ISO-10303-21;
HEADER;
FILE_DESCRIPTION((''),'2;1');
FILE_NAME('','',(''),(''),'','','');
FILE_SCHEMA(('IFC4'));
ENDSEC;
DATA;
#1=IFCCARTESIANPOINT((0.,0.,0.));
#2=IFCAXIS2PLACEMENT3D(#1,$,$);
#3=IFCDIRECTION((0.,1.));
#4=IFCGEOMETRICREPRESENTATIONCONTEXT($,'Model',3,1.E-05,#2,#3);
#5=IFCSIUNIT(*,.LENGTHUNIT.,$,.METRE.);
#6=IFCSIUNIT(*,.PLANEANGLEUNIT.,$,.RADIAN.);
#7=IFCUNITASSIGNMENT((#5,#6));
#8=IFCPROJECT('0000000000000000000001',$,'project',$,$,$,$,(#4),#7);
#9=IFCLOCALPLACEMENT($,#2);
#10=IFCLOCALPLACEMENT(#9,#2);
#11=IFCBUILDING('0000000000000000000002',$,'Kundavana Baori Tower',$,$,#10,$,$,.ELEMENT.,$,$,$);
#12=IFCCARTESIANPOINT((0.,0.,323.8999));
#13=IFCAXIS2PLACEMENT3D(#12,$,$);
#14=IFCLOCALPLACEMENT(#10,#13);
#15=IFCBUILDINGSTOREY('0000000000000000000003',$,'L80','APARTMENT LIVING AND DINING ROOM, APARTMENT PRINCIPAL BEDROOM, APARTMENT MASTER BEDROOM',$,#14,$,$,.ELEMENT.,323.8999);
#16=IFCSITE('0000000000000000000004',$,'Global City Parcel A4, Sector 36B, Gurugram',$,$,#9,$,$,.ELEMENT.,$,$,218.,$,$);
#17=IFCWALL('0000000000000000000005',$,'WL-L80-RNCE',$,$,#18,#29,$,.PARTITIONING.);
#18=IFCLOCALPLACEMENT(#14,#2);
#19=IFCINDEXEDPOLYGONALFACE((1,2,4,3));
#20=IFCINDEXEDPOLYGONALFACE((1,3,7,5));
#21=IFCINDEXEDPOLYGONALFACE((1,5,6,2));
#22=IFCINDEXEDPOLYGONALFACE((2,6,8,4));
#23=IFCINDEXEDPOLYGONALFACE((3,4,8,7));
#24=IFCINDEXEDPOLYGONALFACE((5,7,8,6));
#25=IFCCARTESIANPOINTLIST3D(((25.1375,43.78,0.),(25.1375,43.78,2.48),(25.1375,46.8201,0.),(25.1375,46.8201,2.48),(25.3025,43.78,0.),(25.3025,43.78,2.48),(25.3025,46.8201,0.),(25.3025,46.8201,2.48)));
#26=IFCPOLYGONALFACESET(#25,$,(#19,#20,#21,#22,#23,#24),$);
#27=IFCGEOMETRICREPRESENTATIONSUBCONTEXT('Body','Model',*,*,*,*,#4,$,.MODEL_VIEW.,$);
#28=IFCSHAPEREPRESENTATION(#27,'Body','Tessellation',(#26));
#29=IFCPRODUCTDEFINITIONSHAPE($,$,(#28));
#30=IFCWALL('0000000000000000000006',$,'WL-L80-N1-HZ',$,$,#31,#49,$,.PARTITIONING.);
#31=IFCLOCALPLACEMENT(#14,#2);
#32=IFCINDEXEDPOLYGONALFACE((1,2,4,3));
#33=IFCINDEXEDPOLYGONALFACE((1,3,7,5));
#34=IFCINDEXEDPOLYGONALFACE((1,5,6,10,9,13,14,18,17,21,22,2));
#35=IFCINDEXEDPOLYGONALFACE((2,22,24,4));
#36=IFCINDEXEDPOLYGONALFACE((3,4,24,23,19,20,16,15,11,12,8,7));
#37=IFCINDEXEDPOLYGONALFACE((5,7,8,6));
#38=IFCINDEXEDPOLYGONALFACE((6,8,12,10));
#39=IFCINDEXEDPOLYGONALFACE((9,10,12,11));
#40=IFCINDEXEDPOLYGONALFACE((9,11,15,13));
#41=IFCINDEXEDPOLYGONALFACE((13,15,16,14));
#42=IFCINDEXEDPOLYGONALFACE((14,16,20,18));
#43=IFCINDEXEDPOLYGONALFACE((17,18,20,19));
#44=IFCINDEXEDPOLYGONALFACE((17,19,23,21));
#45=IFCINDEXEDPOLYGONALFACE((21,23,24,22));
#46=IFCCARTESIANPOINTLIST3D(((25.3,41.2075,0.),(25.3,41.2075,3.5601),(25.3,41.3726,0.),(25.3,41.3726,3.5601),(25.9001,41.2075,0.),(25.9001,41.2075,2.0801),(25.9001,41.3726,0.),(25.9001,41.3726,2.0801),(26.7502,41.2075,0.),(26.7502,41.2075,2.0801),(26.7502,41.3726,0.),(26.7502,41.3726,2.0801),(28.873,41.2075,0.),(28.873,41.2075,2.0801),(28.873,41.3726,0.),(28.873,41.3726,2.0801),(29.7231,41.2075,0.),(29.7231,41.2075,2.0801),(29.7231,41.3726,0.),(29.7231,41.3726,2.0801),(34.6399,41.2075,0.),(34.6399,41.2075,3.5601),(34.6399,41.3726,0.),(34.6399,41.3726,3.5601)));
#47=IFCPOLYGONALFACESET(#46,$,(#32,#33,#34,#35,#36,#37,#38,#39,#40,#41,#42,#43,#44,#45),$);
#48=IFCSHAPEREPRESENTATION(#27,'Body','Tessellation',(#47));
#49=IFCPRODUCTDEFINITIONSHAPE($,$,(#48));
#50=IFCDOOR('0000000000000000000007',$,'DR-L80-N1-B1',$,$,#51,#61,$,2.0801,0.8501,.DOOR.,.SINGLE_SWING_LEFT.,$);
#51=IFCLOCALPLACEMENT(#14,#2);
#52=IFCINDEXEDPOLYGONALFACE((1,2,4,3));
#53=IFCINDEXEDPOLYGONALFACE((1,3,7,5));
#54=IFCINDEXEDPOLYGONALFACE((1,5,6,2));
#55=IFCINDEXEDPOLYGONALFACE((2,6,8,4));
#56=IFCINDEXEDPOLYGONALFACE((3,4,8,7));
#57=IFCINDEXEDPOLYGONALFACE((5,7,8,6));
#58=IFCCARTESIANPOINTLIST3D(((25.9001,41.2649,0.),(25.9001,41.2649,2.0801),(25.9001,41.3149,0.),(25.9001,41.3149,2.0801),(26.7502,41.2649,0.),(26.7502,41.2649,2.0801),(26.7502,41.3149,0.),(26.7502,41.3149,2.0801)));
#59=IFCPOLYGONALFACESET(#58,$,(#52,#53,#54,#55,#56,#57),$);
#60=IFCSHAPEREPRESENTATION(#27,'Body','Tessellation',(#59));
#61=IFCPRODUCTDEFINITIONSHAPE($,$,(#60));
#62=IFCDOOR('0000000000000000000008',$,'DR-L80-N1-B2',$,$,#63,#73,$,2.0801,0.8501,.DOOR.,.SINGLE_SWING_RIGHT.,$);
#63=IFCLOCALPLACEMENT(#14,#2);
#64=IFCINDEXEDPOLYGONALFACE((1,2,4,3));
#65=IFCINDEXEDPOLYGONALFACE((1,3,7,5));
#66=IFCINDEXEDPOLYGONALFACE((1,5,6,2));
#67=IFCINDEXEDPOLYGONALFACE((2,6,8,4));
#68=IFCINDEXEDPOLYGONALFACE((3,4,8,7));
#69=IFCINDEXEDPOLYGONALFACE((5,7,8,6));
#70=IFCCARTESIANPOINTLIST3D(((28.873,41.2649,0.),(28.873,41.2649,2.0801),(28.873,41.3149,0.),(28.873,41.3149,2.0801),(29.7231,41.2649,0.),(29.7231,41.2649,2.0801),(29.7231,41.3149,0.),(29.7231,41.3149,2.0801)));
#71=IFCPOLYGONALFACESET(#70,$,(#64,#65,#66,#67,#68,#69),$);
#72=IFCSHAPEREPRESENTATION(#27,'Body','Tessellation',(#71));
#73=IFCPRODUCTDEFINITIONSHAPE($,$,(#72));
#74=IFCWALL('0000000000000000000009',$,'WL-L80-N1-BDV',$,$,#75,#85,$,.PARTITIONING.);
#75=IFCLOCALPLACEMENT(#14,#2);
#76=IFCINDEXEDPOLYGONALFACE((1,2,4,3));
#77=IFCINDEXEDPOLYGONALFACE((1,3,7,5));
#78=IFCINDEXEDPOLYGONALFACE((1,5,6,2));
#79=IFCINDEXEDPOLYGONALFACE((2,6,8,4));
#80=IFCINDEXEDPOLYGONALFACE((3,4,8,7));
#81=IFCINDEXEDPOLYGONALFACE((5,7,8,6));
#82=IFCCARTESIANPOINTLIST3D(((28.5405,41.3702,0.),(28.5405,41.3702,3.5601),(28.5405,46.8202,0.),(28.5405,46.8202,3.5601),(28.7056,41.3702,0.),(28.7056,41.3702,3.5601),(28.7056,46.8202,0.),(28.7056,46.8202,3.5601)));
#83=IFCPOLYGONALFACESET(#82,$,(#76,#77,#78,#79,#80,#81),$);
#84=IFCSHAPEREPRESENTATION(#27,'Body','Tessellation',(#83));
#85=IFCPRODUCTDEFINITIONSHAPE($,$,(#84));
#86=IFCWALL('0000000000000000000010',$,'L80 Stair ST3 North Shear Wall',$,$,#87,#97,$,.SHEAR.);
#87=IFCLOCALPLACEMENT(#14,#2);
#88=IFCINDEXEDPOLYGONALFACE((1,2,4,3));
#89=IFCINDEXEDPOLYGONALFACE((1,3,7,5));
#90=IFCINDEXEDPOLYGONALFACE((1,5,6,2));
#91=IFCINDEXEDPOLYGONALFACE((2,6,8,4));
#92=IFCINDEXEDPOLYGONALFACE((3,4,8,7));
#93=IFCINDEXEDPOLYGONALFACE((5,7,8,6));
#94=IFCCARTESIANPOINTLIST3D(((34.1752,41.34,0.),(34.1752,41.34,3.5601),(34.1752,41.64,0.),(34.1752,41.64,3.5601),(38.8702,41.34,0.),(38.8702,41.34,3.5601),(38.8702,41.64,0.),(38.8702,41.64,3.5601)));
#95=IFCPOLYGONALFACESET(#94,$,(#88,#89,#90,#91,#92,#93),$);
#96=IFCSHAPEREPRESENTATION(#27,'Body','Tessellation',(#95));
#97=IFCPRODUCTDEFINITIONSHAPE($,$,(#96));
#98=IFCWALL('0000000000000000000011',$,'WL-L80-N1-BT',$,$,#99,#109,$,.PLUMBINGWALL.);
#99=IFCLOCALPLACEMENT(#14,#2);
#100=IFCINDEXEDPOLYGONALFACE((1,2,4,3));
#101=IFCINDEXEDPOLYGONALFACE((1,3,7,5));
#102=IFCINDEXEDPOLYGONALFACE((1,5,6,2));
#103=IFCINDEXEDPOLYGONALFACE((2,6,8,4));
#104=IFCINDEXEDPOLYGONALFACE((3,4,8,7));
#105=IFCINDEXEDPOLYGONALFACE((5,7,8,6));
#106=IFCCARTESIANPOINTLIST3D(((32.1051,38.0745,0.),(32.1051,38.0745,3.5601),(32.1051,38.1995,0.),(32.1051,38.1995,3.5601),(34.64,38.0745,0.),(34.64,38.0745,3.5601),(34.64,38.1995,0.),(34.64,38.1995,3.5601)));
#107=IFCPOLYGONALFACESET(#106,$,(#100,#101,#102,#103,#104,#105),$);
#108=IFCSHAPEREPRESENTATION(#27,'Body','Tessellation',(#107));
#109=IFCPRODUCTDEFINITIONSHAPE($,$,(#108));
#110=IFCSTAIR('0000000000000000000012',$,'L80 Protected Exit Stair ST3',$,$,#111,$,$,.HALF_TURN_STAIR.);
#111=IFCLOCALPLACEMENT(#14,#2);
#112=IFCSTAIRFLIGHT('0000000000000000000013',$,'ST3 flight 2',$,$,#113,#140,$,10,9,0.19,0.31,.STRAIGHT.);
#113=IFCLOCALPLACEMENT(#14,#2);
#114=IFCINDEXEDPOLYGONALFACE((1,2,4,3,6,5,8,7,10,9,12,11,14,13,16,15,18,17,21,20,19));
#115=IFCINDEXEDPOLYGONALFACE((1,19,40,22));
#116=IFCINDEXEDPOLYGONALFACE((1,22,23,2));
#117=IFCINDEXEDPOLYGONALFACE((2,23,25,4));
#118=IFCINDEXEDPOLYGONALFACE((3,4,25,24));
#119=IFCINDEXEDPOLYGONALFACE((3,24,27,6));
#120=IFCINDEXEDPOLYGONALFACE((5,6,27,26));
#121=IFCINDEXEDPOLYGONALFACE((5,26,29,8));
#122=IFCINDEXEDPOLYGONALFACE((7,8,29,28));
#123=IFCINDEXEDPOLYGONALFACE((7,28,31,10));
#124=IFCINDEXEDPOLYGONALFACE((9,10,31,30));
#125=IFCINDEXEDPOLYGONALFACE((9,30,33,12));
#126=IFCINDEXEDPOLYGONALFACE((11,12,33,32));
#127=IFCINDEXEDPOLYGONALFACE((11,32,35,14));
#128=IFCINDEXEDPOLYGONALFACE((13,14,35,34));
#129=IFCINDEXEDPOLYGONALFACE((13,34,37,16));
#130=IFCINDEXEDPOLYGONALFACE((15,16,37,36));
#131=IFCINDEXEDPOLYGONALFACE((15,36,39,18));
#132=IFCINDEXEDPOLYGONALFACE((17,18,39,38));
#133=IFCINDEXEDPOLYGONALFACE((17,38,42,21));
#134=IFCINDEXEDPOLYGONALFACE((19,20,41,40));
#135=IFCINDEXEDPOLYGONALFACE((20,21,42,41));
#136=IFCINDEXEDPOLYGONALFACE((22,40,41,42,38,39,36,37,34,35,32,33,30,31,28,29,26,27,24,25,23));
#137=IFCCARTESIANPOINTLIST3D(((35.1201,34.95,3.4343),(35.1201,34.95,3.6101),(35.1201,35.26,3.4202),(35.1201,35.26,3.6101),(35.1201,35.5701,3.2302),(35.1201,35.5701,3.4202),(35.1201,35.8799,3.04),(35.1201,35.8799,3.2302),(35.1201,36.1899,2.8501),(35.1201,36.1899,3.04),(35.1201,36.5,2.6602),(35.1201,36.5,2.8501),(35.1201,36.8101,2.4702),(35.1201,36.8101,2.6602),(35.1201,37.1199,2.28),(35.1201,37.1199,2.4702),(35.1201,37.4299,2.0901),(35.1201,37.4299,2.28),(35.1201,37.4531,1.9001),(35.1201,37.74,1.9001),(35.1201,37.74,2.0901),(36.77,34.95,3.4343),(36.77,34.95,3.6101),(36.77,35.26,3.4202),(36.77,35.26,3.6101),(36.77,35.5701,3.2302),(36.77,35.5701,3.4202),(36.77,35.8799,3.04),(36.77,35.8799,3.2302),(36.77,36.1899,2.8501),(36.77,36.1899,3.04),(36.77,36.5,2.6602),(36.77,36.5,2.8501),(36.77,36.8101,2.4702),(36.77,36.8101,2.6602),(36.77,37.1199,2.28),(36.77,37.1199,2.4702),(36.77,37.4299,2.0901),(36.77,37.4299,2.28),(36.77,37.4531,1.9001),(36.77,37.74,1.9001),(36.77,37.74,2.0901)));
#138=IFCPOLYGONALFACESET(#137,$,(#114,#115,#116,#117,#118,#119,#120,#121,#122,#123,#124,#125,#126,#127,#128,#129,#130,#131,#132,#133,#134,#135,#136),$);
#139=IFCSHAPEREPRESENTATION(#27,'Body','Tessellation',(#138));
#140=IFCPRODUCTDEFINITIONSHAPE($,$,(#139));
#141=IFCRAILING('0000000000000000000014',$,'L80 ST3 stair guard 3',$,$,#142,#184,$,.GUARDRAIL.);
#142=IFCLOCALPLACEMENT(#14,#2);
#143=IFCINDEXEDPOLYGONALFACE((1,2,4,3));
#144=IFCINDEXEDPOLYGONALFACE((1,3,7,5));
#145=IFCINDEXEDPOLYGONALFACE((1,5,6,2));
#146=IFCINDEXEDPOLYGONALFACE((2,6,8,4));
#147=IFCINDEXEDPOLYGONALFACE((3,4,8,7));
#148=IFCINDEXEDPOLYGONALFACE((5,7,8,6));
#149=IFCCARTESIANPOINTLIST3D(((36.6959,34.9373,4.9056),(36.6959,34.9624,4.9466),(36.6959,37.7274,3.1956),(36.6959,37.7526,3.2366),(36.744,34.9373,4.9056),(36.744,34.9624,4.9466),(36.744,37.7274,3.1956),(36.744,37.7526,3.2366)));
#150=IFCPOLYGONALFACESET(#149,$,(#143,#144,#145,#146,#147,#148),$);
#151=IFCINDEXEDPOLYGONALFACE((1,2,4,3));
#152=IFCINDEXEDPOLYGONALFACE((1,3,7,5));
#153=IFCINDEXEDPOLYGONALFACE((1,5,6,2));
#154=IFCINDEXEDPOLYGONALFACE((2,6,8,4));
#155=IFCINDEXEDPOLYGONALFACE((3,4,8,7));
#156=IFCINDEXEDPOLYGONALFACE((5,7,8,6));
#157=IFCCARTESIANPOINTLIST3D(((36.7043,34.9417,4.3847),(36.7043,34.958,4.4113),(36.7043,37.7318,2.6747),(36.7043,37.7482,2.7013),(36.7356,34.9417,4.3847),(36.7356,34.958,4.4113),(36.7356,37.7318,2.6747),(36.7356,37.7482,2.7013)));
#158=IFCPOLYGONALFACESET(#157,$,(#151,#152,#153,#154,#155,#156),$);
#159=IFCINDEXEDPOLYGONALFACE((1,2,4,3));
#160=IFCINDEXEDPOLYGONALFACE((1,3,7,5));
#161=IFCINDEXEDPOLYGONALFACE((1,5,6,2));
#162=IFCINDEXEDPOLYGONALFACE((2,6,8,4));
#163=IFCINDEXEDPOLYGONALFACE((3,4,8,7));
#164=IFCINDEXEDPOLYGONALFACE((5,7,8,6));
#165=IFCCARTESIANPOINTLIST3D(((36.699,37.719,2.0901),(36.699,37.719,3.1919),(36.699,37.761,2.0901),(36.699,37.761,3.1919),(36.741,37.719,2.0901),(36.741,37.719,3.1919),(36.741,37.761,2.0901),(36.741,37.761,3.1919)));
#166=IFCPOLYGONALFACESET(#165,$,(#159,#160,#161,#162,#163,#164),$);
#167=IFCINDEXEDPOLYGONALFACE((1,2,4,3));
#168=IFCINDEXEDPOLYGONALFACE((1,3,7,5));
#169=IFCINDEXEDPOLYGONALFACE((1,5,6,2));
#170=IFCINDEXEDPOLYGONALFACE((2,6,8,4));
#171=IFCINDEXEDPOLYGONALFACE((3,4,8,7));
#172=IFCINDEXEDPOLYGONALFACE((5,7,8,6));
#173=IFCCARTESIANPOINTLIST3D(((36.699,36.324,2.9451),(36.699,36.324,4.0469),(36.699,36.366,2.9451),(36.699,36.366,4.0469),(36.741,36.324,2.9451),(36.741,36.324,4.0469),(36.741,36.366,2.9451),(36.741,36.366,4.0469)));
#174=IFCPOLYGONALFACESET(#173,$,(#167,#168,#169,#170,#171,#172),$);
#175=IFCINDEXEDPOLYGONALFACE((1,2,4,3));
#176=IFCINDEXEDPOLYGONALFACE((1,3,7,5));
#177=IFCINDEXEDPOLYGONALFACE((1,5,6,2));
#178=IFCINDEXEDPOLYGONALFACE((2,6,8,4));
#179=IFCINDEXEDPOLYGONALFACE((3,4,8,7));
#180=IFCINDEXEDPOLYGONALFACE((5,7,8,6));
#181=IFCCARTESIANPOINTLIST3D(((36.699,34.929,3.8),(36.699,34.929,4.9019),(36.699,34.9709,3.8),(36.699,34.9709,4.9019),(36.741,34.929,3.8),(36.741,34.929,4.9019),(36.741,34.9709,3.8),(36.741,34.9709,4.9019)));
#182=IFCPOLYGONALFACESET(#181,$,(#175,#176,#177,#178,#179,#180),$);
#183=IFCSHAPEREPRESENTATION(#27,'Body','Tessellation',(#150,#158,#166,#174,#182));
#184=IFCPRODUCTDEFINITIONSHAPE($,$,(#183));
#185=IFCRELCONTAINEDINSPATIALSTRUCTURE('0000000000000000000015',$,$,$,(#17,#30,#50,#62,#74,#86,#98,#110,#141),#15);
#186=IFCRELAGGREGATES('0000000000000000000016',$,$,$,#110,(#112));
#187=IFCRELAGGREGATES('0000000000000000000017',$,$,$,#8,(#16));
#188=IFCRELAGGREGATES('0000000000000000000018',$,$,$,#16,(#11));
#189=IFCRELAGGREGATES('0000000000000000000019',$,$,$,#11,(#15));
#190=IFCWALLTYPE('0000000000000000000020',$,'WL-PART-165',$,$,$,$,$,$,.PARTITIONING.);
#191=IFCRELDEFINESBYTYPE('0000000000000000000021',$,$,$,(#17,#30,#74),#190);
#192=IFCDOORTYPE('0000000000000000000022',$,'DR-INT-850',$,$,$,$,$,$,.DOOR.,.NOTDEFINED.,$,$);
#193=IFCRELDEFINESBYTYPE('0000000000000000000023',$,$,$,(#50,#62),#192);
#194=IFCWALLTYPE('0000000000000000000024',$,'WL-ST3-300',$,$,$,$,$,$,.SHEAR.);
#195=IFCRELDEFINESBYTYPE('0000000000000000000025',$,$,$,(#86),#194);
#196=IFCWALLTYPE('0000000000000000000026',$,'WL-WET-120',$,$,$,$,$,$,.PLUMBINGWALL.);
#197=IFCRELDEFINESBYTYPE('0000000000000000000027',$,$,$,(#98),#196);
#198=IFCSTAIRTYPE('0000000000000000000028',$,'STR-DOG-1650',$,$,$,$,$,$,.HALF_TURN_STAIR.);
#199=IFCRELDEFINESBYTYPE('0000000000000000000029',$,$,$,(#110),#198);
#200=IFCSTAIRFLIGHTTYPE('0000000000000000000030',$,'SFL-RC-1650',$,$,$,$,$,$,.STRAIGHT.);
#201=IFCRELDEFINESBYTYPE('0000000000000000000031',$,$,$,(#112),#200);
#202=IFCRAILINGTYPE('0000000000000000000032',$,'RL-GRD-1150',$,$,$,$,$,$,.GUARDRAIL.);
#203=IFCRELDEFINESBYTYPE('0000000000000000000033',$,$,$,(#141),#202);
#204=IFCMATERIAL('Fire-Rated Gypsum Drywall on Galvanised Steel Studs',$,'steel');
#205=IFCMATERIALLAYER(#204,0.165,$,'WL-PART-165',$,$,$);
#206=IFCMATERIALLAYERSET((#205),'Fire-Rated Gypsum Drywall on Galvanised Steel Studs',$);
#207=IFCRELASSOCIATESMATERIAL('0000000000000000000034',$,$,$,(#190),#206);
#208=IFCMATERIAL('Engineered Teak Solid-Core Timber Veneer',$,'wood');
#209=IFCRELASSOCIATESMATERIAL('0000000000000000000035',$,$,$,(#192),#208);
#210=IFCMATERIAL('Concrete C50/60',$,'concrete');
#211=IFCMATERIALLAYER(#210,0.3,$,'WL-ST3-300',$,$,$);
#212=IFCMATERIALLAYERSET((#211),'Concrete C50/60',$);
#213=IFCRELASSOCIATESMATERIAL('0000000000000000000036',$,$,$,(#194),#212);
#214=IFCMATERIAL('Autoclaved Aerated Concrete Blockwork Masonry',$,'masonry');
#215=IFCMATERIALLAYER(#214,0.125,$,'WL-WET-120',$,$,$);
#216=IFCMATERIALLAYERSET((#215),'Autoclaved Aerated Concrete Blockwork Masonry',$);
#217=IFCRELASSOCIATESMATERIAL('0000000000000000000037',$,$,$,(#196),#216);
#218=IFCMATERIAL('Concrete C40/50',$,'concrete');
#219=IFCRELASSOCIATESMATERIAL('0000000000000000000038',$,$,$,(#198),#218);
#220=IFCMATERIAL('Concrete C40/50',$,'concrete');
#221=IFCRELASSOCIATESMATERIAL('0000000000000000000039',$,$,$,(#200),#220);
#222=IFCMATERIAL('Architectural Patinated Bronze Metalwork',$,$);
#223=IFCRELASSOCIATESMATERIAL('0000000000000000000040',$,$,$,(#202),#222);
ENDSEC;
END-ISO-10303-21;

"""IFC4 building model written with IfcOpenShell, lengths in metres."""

from ifc_helpers import new_model, si_unit, direction, frame, frame_2d, origin, origin_2d, place, context, subcontext, project, spatial, polyline, rectangle, outline, extrude, material, layer, layer_set, type_object, element, fill, aggregate, save


model = new_model("IFC4")

# Units and contexts
model_context = context("Model", 3, precision=1e-05, world=origin(), true_north=direction((0.0, 1.0)))
body_context = subcontext(model_context, "Body", "Model", "MODEL_VIEW")
ifc_project = project(units=[si_unit("LENGTHUNIT", "METRE"), si_unit("PLANEANGLEUNIT", "RADIAN")], contexts=[model_context])

# Site, building, storey
site_placement = place(None, origin())
site = spatial("IfcSite", under=ifc_project, at=site_placement, Name="Global City Parcel A4, Sector 36B, Gurugram", CompositionType="ELEMENT", RefElevation=218.0)
building_placement = place(site_placement, origin())
building = spatial("IfcBuilding", under=site, at=building_placement, Name="Kundavana Baori Tower", CompositionType="ELEMENT")
storey_placement = place(building_placement, frame((0.0, 0.0, 323.8999)))
storey = spatial("IfcBuildingStorey", under=building, at=storey_placement, Name="L80", Description="APARTMENT LIVING AND DINING ROOM, APARTMENT PRINCIPAL BEDROOM, APARTMENT MASTER BEDROOM", CompositionType="ELEMENT", Elevation=323.8999)

# Wall
ifc_material_1 = material(Name="Fire-Rated Gypsum Drywall on Galvanised Steel Studs", Category="steel")
ifc_layer_1 = layer(ifc_material_1, 0.165, Name="WL-PART-165")
ifc_layer_set_1 = layer_set([ifc_layer_1], Name="Fire-Rated Gypsum Drywall on Galvanised Steel Studs")
wall_type_1 = type_object("IfcWallType", Name="WL-PART-165", PredefinedType="PARTITIONING", material=ifc_layer_set_1)
wall_1_placement = place(storey_placement, frame((25.22, 43.78, 0.0), z_axis=(0.0, 0.0, 1.0), x_axis=(0.0, 1.0, 0.0)))
element("IfcWall", 1, at=wall_1_placement, inside=storey, type_object=wall_type_1, Name="WL-L80-RNCE", PredefinedType="PARTITIONING", context=body_context, shape_type="SweptSolid", body=[
    extrude(rectangle(XDim=3.04, YDim=0.165, at=frame_2d((1.52, 0.0))), origin(), (0.0, 0.0, 1.0), 2.48),
])

# Wall, openings, doors
wall_2_placement = place(storey_placement, frame((25.3, 41.29, 0.0), z_axis=(0.0, 0.0, 1.0), x_axis=(1.0, 0.0, 0.0)))
wall_2 = element("IfcWall", 2, at=wall_2_placement, inside=storey, type_object=wall_type_1, Name="WL-L80-N1-HZ", PredefinedType="PARTITIONING", context=body_context, shape_type="SweptSolid", body=[
    extrude(rectangle(XDim=9.3398, YDim=0.165, at=frame_2d((4.6699, 0.0))), origin(), (0.0, 0.0, 1.0), 3.5601),
])
opening_1_placement = place(wall_2_placement, frame((0.6001, 0.0, 0.0)))
opening_1 = element("IfcOpeningElement", 3, at=opening_1_placement, cuts=wall_2, PredefinedType="OPENING", context=body_context, shape_type="SweptSolid", body=[
    extrude(rectangle(XDim=0.8501, YDim=2.0801, at=frame_2d((0.425, 1.04))), frame((0.0, 0.0925, 0.0), z_axis=(0.0, -1.0, 0.0), x_axis=(1.0, 0.0, 0.0)), (0.0, 0.0, 1.0), 0.1851),
])
opening_2_placement = place(wall_2_placement, frame((3.573, 0.0, 0.0)))
opening_2 = element("IfcOpeningElement", 4, at=opening_2_placement, cuts=wall_2, PredefinedType="OPENING", context=body_context, shape_type="SweptSolid", body=[
    extrude(rectangle(XDim=0.8501, YDim=2.0801, at=frame_2d((0.425, 1.04))), frame((0.0, 0.0925, 0.0), z_axis=(0.0, -1.0, 0.0), x_axis=(1.0, 0.0, 0.0)), (0.0, 0.0, 1.0), 0.1851),
])
ifc_material_2 = material(Name="Engineered Teak Solid-Core Timber Veneer", Category="wood")
door_type = type_object("IfcDoorType", Name="DR-INT-850", OperationType="NOTDEFINED", PredefinedType="DOOR", material=ifc_material_2)
door_1_placement = place(opening_1_placement, origin())
door_1 = element("IfcDoor", 5, at=door_1_placement, inside=storey, type_object=door_type, Name="DR-L80-N1-B1", OperationType="SINGLE_SWING_LEFT", OverallHeight=2.0801, OverallWidth=0.8501, PredefinedType="DOOR", context=body_context, shape_type="SweptSolid", body=[
    extrude(rectangle(XDim=0.8501, YDim=2.0801, at=frame_2d((0.425, 1.04))), frame((0.0, 0.0249, 0.0), z_axis=(0.0, -1.0, 0.0), x_axis=(1.0, 0.0, 0.0)), (0.0, 0.0, 1.0), 0.05),
])
fill(opening_1, door_1)
door_2_placement = place(opening_2_placement, origin())
door_2 = element("IfcDoor", 6, at=door_2_placement, inside=storey, type_object=door_type, Name="DR-L80-N1-B2", OperationType="SINGLE_SWING_RIGHT", OverallHeight=2.0801, OverallWidth=0.8501, PredefinedType="DOOR", context=body_context, shape_type="SweptSolid", body=[
    extrude(rectangle(XDim=0.8501, YDim=2.0801, at=frame_2d((0.425, 1.04))), frame((0.0, 0.0249, 0.0), z_axis=(0.0, -1.0, 0.0), x_axis=(1.0, 0.0, 0.0)), (0.0, 0.0, 1.0), 0.05),
])
fill(opening_2, door_2)

# Walls
wall_3_placement = place(storey_placement, frame((28.623, 41.3701, 0.0), z_axis=(0.0, 0.0, 1.0), x_axis=(0.0, 1.0, 0.0)))
element("IfcWall", 7, at=wall_3_placement, inside=storey, type_object=wall_type_1, Name="WL-L80-N1-BDV", PredefinedType="PARTITIONING", context=body_context, shape_type="SweptSolid", body=[
    extrude(rectangle(XDim=5.45, YDim=0.165, at=frame_2d((2.7251, 0.0))), origin(), (0.0, 0.0, 1.0), 3.5601),
])
ifc_material_3 = material(Name="Concrete C50/60", Category="concrete")
ifc_layer_2 = layer(ifc_material_3, 0.3, Name="WL-ST3-300")
ifc_layer_set_2 = layer_set([ifc_layer_2], Name="Concrete C50/60")
wall_type_2 = type_object("IfcWallType", Name="WL-ST3-300", PredefinedType="SHEAR", material=ifc_layer_set_2)
wall_4_placement = place(storey_placement, frame((34.175, 41.49, 0.0), z_axis=(0.0, 0.0, 1.0), x_axis=(1.0, 0.0, 0.0)))
element("IfcWall", 8, at=wall_4_placement, inside=storey, type_object=wall_type_2, Name="L80 Stair ST3 North Shear Wall", PredefinedType="SHEAR", context=body_context, shape_type="SweptSolid", body=[
    extrude(rectangle(XDim=4.6951, YDim=0.3, at=frame_2d((2.3477, 0.0))), origin(), (0.0, 0.0, 1.0), 3.5601),
])
ifc_material_4 = material(Name="Autoclaved Aerated Concrete Blockwork Masonry", Category="masonry")
ifc_layer_3 = layer(ifc_material_4, 0.125, Name="WL-WET-120")
ifc_layer_set_3 = layer_set([ifc_layer_3], Name="Autoclaved Aerated Concrete Blockwork Masonry")
wall_type_3 = type_object("IfcWallType", Name="WL-WET-120", PredefinedType="PLUMBINGWALL", material=ifc_layer_set_3)
wall_5_placement = place(storey_placement, frame((32.105, 38.137, 0.0), z_axis=(0.0, 0.0, 1.0), x_axis=(1.0, 0.0, 0.0)))
element("IfcWall", 9, at=wall_5_placement, inside=storey, type_object=wall_type_3, Name="WL-L80-N1-BT", PredefinedType="PLUMBINGWALL", context=body_context, shape_type="SweptSolid", body=[
    extrude(rectangle(XDim=2.5349, YDim=0.125, at=frame_2d((1.2676, 0.0))), origin(), (0.0, 0.0, 1.0), 3.5601),
])

# Stair, stair flight
ifc_material_5 = material(Name="Concrete C40/50", Category="concrete")
stair_type = type_object("IfcStairType", Name="STR-DOG-1650", PredefinedType="HALF_TURN_STAIR", material=ifc_material_5)
stair_placement = place(storey_placement, origin())
stair = element("IfcStair", 10, at=stair_placement, inside=storey, type_object=stair_type, Name="L80 Protected Exit Stair ST3", PredefinedType="HALF_TURN_STAIR")
ifc_material_6 = material(Name="Concrete C40/50", Category="concrete")
stair_flight_type = type_object("IfcStairFlightType", Name="SFL-RC-1650", PredefinedType="STRAIGHT", material=ifc_material_6)
stair_flight_placement = place(storey_placement, frame((35.9451, 37.74, 1.9001), z_axis=(0.0, 0.0, 1.0), x_axis=(0.0, -1.0, 0.0)))
stair_flight = element("IfcStairFlight", 11, at=stair_flight_placement, type_object=stair_flight_type, Name="ST3 flight 2", NumberOfRisers=10, NumberOfTreads=9, PredefinedType="STRAIGHT", RiserHeight=0.19, TreadLength=0.31, context=body_context, shape_type="SweptSolid", body=[
    extrude(outline(polyline([(0.0, 0.0), (0.0, 0.1899), (0.3101, 0.1899), (0.3101, 0.3799), (0.6201, 0.3799), (0.6201, 0.5701), (0.9299, 0.5701), (0.9299, 0.76), (1.24, 0.76), (1.24, 0.95), (1.55, 0.95), (1.55, 1.1399), (1.8601, 1.1399), (1.8601, 1.3301), (2.1699, 1.3301), (2.1699, 1.52), (2.48, 1.52), (2.48, 1.71), (2.79, 1.71), (2.79, 1.8999), (2.79, 1.5342), (0.2869, 0.0), (0.0, 0.0)])), frame((0.0, 0.825, 0.0), z_axis=(0.0, -1.0, 0.0), x_axis=(1.0, 0.0, 0.0)), (0.0, 0.0, 1.0), 1.6499),
])
aggregate(stair, [stair_flight])

# Railing
ifc_material_7 = material(Name="Architectural Patinated Bronze Metalwork")
railing_type_1 = type_object("IfcRailingType", Name="RL-GRD-1150", PredefinedType="GUARDRAIL", material=ifc_material_7)
railing_1_placement = place(storey_placement, frame((36.72, 37.74, 2.0901)))
element("IfcRailing", 12, at=railing_1_placement, inside=storey, type_object=railing_type_1, Name="L80 ST3 stair guard 3", PredefinedType="GUARDRAIL", context=body_context, shape_type="SweptSolid", body=[
    extrude(rectangle(XDim=0.0481, YDim=0.0481, at=origin_2d()), frame((0.0, 0.0, 1.126), z_axis=(0.0, -0.85261, 0.522548), x_axis=(1.0, 0.0, 0.0)), (0.0, 0.0, 1.0), 3.2725),
    extrude(rectangle(XDim=0.0312, YDim=0.0312, at=origin_2d()), frame((0.0, 0.0, 0.5979), z_axis=(0.0, -0.85261, 0.522548), x_axis=(1.0, 0.0, 0.0)), (0.0, 0.0, 1.0), 3.2725),
    extrude(rectangle(XDim=0.042, YDim=0.042, at=origin_2d()), origin(), (0.0, 0.0, 1.0), 1.1018),
    extrude(rectangle(XDim=0.042, YDim=0.042, at=origin_2d()), frame((0.0, -1.395, 0.855)), (0.0, 0.0, 1.0), 1.1018),
    extrude(rectangle(XDim=0.042, YDim=0.042, at=origin_2d()), frame((0.0, -2.79, 1.71)), (0.0, 0.0, 1.0), 1.1018),
])

save(model, "model.ifc")
